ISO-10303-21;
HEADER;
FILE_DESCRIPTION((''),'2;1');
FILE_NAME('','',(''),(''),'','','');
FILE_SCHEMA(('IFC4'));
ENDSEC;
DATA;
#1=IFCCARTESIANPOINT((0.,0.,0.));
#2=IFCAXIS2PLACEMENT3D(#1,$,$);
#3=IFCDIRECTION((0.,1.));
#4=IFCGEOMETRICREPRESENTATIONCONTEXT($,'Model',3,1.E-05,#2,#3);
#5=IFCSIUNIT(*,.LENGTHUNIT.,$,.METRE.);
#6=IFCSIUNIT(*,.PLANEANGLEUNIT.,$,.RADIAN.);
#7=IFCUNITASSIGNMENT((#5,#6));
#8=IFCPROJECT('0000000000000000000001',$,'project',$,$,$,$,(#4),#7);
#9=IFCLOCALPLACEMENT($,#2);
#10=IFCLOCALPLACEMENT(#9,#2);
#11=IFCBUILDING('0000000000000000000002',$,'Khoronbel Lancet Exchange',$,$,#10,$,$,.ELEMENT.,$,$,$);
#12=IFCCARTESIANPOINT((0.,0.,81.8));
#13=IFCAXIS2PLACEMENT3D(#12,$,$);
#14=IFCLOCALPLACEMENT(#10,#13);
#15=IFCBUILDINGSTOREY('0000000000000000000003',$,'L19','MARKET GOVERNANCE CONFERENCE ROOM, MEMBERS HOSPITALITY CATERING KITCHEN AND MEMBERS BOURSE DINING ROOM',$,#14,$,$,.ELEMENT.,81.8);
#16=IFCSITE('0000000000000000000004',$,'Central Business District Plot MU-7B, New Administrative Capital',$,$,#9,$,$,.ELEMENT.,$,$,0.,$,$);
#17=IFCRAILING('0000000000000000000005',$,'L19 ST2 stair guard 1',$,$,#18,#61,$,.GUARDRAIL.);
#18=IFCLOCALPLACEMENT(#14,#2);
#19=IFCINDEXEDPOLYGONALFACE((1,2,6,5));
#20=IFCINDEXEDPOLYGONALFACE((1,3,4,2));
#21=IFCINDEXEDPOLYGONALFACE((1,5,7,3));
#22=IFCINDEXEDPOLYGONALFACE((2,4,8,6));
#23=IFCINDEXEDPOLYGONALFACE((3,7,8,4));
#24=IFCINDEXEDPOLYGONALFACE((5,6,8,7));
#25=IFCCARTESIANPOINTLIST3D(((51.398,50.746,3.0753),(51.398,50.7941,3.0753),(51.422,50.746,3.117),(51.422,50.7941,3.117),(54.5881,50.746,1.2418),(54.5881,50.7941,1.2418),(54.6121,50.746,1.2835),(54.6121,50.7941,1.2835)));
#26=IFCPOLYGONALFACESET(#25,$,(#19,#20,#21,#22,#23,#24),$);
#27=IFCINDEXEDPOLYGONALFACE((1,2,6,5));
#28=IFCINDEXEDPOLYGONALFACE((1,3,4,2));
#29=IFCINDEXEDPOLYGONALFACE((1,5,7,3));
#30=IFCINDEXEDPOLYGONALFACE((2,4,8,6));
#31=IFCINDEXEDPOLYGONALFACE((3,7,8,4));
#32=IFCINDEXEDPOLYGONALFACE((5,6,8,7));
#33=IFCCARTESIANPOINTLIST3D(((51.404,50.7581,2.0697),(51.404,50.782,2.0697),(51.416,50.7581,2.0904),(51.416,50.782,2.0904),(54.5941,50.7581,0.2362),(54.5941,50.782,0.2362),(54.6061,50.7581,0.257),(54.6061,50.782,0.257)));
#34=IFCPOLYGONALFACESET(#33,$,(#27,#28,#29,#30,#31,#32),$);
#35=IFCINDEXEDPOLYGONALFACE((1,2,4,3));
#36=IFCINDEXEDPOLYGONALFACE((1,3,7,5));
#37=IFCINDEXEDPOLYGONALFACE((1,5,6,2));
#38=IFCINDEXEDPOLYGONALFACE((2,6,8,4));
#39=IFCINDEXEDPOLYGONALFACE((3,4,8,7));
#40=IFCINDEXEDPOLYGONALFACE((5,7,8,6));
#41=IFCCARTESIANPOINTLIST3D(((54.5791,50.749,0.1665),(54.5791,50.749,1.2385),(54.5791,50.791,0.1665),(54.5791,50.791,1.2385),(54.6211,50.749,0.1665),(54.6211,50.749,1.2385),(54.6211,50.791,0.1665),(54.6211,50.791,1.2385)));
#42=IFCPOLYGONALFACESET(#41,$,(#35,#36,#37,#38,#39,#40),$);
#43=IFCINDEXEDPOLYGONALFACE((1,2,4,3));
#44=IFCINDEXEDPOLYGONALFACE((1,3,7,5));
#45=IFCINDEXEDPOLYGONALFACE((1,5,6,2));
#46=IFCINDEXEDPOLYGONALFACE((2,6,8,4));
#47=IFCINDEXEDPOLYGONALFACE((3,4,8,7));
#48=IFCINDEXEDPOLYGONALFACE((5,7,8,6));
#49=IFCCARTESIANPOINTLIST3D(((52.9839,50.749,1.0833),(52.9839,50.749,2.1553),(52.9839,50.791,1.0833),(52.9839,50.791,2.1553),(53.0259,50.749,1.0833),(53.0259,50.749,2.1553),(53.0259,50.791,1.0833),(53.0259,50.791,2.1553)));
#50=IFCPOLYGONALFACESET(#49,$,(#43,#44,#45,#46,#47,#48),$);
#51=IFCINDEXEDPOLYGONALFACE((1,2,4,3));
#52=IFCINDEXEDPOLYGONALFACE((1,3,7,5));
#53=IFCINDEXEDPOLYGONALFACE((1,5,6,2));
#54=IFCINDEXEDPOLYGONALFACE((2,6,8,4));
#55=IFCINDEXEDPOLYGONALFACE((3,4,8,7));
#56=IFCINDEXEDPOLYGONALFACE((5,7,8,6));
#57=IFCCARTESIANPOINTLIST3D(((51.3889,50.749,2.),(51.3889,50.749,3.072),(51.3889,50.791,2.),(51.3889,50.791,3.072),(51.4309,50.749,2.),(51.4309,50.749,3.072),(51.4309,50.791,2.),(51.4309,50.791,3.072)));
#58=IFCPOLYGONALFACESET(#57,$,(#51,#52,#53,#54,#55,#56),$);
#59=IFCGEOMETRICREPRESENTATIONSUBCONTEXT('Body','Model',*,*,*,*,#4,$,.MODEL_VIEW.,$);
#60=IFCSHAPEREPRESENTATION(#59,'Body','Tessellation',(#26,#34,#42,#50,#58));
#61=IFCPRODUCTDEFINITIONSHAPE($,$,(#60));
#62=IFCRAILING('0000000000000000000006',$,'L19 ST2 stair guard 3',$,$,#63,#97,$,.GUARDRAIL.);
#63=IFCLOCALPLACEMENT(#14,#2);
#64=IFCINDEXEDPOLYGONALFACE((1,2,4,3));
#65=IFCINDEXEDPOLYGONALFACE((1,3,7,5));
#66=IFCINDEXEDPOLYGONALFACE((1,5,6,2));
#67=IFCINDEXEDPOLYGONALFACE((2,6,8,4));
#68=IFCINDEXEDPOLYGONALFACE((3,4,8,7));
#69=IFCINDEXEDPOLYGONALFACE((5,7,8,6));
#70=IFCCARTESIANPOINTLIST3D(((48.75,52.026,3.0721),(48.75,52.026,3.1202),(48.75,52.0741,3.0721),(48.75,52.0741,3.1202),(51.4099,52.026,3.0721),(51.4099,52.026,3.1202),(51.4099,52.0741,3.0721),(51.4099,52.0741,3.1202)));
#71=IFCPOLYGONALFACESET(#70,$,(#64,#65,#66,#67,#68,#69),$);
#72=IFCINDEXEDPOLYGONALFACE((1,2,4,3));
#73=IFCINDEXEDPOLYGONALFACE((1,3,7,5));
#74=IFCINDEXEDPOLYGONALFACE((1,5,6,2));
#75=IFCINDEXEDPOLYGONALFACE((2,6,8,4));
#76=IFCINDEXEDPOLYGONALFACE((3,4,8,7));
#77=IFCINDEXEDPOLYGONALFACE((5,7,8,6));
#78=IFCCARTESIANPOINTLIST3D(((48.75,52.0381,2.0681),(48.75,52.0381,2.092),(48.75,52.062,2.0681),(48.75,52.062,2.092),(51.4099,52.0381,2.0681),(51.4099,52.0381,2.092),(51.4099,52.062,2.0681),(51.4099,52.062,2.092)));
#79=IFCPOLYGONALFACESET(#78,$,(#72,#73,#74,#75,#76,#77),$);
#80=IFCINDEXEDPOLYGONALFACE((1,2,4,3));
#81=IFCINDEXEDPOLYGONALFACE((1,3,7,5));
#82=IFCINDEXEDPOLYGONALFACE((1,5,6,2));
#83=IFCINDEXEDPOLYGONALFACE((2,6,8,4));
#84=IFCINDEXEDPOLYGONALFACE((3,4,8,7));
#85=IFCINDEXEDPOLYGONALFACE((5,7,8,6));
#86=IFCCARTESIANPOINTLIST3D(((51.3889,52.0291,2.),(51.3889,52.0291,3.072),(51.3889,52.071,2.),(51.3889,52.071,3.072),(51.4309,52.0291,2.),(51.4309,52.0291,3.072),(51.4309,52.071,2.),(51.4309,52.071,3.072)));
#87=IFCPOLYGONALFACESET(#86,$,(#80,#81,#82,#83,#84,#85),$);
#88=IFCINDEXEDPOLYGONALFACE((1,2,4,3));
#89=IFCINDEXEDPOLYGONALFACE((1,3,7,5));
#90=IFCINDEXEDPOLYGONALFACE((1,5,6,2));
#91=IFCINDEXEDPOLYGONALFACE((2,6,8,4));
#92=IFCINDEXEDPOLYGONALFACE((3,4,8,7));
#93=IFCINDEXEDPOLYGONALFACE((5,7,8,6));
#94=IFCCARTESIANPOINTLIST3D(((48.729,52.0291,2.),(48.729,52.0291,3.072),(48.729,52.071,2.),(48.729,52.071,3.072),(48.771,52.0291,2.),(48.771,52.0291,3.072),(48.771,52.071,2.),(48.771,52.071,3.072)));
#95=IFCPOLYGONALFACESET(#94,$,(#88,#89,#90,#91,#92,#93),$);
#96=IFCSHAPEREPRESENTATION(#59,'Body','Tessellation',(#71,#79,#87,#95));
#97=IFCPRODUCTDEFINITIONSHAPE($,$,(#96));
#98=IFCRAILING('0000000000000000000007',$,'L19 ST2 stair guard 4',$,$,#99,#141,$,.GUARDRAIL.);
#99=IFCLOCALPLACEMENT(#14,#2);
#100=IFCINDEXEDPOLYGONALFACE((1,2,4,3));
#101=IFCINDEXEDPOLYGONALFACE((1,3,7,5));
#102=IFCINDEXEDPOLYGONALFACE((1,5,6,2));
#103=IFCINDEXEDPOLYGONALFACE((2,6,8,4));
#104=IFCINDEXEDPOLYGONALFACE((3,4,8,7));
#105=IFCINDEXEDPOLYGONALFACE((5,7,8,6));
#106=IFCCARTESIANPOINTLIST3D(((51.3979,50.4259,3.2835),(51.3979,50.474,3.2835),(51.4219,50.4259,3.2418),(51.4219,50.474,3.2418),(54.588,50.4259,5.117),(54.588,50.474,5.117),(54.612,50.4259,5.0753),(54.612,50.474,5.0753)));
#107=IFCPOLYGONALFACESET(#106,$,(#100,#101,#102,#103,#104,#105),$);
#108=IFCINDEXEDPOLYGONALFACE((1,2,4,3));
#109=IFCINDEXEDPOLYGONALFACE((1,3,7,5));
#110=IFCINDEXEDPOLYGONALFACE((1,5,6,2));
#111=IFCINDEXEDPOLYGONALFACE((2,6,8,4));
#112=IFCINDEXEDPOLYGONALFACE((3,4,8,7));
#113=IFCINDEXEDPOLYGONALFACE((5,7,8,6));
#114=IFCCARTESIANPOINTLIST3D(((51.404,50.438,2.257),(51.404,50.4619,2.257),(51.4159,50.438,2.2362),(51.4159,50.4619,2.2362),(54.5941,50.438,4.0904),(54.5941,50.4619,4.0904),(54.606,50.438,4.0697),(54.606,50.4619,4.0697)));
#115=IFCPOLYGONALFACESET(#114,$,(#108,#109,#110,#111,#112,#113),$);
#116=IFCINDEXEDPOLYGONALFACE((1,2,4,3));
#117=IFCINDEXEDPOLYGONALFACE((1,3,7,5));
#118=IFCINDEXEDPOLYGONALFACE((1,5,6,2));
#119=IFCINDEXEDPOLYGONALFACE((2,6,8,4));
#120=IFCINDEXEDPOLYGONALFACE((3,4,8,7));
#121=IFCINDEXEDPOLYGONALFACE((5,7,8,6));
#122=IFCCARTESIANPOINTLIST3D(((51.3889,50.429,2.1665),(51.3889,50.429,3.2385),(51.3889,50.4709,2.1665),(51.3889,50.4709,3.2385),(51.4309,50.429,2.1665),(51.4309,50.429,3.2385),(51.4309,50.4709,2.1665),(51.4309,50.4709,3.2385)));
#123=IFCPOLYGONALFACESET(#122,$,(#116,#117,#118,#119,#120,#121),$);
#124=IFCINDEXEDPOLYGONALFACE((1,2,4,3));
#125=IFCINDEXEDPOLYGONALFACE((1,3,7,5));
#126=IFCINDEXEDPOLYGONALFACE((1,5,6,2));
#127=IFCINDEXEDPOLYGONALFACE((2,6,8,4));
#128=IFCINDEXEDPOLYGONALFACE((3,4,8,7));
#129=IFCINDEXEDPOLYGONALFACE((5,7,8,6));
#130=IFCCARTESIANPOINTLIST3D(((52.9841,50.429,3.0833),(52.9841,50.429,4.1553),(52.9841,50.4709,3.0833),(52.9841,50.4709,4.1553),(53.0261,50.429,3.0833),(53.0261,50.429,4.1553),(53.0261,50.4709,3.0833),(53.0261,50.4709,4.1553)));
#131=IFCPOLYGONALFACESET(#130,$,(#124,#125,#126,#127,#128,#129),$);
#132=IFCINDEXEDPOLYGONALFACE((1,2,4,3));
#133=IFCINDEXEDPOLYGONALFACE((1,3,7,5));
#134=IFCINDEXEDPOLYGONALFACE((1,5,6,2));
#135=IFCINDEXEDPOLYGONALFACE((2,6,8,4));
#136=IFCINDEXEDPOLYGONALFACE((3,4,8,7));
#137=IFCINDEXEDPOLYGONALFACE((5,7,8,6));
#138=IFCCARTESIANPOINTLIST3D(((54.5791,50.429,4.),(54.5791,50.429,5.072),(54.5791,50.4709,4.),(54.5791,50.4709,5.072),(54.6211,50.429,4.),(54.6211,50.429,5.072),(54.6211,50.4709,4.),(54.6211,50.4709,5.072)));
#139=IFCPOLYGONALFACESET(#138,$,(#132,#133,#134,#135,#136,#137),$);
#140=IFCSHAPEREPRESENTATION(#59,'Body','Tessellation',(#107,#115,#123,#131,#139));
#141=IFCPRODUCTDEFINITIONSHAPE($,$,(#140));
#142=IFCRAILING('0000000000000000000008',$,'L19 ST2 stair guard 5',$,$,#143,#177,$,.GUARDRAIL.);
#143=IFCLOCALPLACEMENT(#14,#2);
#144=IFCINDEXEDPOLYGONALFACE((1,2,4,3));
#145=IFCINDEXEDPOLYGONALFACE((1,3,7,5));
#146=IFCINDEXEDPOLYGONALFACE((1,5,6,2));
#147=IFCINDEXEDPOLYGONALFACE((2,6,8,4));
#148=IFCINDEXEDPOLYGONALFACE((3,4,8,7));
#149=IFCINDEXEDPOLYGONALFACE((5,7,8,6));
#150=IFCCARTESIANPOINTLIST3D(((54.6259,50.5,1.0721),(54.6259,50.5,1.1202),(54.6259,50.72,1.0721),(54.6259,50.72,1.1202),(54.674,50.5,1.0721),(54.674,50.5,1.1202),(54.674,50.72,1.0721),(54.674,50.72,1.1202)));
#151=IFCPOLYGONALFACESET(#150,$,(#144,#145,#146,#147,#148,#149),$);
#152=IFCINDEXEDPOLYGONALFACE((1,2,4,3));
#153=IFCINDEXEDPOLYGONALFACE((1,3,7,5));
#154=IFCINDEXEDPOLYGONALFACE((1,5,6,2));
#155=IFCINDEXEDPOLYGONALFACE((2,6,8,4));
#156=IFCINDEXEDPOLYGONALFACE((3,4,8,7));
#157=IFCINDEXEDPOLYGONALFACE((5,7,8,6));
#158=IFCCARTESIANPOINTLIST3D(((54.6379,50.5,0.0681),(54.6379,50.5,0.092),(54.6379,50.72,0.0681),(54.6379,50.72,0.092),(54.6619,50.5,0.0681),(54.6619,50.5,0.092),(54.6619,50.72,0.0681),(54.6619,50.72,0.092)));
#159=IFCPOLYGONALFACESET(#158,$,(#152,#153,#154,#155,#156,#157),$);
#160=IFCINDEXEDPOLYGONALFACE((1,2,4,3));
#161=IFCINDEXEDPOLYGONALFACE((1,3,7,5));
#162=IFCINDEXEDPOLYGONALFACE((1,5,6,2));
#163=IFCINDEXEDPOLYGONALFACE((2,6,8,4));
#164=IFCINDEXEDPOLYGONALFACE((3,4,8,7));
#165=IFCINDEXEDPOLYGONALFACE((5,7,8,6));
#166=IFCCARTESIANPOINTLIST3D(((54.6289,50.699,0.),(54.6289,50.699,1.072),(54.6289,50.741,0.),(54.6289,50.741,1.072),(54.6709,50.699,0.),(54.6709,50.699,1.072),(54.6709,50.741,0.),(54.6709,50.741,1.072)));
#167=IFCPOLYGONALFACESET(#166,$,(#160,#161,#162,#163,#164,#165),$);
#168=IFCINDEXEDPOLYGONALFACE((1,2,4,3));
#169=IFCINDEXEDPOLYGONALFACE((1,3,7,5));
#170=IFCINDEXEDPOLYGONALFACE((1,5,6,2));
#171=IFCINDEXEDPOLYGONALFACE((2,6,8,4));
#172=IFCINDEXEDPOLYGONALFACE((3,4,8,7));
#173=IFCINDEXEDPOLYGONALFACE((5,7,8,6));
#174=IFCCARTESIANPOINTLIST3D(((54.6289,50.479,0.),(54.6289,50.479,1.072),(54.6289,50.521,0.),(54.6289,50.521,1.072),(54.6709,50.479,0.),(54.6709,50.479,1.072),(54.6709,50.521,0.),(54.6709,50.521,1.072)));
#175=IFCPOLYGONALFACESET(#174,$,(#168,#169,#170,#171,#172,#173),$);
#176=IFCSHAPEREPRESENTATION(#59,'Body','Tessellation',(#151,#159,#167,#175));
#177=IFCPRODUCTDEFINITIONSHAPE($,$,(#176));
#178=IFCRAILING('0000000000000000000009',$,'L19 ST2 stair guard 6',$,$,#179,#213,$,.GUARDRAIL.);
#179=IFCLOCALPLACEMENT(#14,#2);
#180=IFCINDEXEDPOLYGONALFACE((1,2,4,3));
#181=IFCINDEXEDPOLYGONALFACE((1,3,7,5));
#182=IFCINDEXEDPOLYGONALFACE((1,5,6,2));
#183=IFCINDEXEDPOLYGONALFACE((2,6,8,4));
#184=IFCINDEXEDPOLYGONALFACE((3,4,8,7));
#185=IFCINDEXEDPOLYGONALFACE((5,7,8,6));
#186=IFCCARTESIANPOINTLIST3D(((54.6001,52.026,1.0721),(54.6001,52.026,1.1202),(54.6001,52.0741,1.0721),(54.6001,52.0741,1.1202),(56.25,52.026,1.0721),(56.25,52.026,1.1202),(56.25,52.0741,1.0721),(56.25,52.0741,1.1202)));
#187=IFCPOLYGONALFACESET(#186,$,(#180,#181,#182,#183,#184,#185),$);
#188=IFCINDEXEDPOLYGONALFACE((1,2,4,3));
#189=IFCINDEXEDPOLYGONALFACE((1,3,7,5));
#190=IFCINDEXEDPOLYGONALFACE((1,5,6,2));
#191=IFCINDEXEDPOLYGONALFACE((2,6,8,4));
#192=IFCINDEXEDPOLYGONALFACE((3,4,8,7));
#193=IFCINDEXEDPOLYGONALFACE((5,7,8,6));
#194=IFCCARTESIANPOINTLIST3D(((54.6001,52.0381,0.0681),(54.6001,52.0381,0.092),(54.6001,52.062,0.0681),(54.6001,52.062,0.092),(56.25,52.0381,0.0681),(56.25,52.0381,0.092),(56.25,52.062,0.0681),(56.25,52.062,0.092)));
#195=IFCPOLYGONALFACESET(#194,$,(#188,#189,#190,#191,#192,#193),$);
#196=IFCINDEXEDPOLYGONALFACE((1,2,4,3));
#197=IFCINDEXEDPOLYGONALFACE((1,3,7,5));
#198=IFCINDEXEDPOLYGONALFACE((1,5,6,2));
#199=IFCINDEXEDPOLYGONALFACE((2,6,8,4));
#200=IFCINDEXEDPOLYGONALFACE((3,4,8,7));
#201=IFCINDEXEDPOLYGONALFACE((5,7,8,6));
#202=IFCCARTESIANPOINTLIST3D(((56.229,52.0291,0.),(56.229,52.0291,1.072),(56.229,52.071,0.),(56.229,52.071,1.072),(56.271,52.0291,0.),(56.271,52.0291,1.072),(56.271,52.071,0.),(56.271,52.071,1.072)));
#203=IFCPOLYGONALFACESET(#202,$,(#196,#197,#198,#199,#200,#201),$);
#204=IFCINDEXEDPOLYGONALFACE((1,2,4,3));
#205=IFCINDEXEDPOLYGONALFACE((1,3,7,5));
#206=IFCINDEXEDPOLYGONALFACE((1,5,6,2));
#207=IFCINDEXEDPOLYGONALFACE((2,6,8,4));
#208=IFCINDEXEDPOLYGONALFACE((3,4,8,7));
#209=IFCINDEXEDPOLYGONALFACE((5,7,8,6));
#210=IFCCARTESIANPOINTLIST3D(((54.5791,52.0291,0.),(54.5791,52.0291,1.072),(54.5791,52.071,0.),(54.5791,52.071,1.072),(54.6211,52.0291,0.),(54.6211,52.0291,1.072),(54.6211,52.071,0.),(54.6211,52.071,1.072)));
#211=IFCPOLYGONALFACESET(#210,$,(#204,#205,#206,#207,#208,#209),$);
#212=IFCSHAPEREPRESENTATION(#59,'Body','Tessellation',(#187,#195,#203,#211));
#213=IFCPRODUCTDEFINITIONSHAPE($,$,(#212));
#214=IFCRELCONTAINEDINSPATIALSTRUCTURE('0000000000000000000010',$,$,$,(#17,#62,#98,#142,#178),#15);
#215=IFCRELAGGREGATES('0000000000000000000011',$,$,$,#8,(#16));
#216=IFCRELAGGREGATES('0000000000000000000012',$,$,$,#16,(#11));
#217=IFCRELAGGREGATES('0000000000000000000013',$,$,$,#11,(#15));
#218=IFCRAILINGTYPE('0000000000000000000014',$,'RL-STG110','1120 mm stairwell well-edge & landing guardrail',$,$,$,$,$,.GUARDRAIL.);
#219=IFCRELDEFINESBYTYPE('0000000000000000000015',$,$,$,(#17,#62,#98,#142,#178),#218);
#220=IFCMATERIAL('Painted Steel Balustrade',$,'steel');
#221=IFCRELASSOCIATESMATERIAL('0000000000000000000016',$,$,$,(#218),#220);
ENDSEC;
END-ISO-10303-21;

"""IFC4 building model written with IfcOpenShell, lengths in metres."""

from ifc_helpers import new_model, si_unit, direction, frame, origin, origin_2d, place, context, subcontext, project, spatial, rectangle, extrude, material, type_object, element, save


model = new_model("IFC4")

# Units and contexts
model_context = context("Model", 3, precision=1e-05, world=origin(), true_north=direction((0.0, 1.0)))
body_context = subcontext(model_context, "Body", "Model", "MODEL_VIEW")
ifc_project = project(units=[si_unit("LENGTHUNIT", "METRE"), si_unit("PLANEANGLEUNIT", "RADIAN")], contexts=[model_context])

# Site, building, storey
site_placement = place(None, origin())
site = spatial("IfcSite", under=ifc_project, at=site_placement, Name="Central Business District Plot MU-7B, New Administrative Capital", CompositionType="ELEMENT", RefElevation=0.0)
building_placement = place(site_placement, origin())
building = spatial("IfcBuilding", under=site, at=building_placement, Name="Khoronbel Lancet Exchange", CompositionType="ELEMENT")
storey_placement = place(building_placement, frame((0.0, 0.0, 81.8)))
storey = spatial("IfcBuildingStorey", under=building, at=storey_placement, Name="L19", Description="MARKET GOVERNANCE CONFERENCE ROOM, MEMBERS HOSPITALITY CATERING KITCHEN AND MEMBERS BOURSE DINING ROOM", CompositionType="ELEMENT", Elevation=81.8)

# Railings
ifc_material_1 = material(Name="Painted Steel Balustrade", Category="steel")
railing_type_1 = type_object("IfcRailingType", Name="RL-STG110", Description="1120 mm stairwell well-edge & landing guardrail", PredefinedType="GUARDRAIL", material=ifc_material_1)
railing_1_placement = place(storey_placement, frame((54.6001, 50.77, 0.1665)))
element("IfcRailing", 1, at=railing_1_placement, inside=storey, type_object=railing_type_1, Name="L19 ST2 stair guard 1", PredefinedType="GUARDRAIL", context=body_context, shape_type="SweptSolid", body=[
    extrude(rectangle(XDim=0.0481, YDim=0.0481, at=origin_2d()), frame((0.0, 0.0, 1.0962), z_axis=(-0.867007, 0.0, 0.498295), x_axis=(0.0, -1.0, 0.0)), (0.0, 0.0, 1.0), 3.6794),
    extrude(rectangle(XDim=0.0239, YDim=0.0239, at=origin_2d()), frame((0.0, 0.0, 0.0801), z_axis=(-0.867007, 0.0, 0.498295), x_axis=(0.0, -1.0, 0.0)), (0.0, 0.0, 1.0), 3.6794),
    extrude(rectangle(XDim=0.042, YDim=0.042, at=origin_2d()), origin(), (0.0, 0.0, 1.0), 1.072),
    extrude(rectangle(XDim=0.042, YDim=0.042, at=origin_2d()), frame((-1.5952, 0.0, 0.9167)), (0.0, 0.0, 1.0), 1.072),
    extrude(rectangle(XDim=0.042, YDim=0.042, at=origin_2d()), frame((-3.1902, 0.0, 1.8335)), (0.0, 0.0, 1.0), 1.072),
])
railing_2_placement = place(storey_placement, frame((51.4099, 52.05, 2.0)))
element("IfcRailing", 2, at=railing_2_placement, inside=storey, type_object=railing_type_1, Name="L19 ST2 stair guard 3", PredefinedType="GUARDRAIL", context=body_context, shape_type="SweptSolid", body=[
    extrude(rectangle(XDim=0.0481, YDim=0.0481, at=origin_2d()), frame((0.0, 0.0, 1.0962), z_axis=(-1.0, 0.0, 0.0), x_axis=(0.0, -1.0, 0.0)), (0.0, 0.0, 1.0), 2.6599),
    extrude(rectangle(XDim=0.0239, YDim=0.0239, at=origin_2d()), frame((0.0, 0.0, 0.0801), z_axis=(-1.0, 0.0, 0.0), x_axis=(0.0, -1.0, 0.0)), (0.0, 0.0, 1.0), 2.6599),
    extrude(rectangle(XDim=0.042, YDim=0.042, at=origin_2d()), origin(), (0.0, 0.0, 1.0), 1.072),
    extrude(rectangle(XDim=0.042, YDim=0.042, at=origin_2d()), frame((-2.6599, 0.0, 0.0)), (0.0, 0.0, 1.0), 1.072),
])
railing_3_placement = place(storey_placement, frame((51.4099, 50.45, 2.1665)))
element("IfcRailing", 3, at=railing_3_placement, inside=storey, type_object=railing_type_1, Name="L19 ST2 stair guard 4", PredefinedType="GUARDRAIL", context=body_context, shape_type="SweptSolid", body=[
    extrude(rectangle(XDim=0.0481, YDim=0.0481, at=origin_2d()), frame((0.0, 0.0, 1.0962), z_axis=(0.867007, 0.0, 0.498295), x_axis=(0.0, 1.0, 0.0)), (0.0, 0.0, 1.0), 3.6794),
    extrude(rectangle(XDim=0.0239, YDim=0.0239, at=origin_2d()), frame((0.0, 0.0, 0.0801), z_axis=(0.867007, 0.0, 0.498295), x_axis=(0.0, 1.0, 0.0)), (0.0, 0.0, 1.0), 3.6794),
    extrude(rectangle(XDim=0.042, YDim=0.042, at=origin_2d()), origin(), (0.0, 0.0, 1.0), 1.072),
    extrude(rectangle(XDim=0.042, YDim=0.042, at=origin_2d()), frame((1.5952, 0.0, 0.9167)), (0.0, 0.0, 1.0), 1.072),
    extrude(rectangle(XDim=0.042, YDim=0.042, at=origin_2d()), frame((3.1902, 0.0, 1.8335)), (0.0, 0.0, 1.0), 1.072),
])
railing_4_placement = place(storey_placement, frame((54.6499, 50.72, 0.0)))
element("IfcRailing", 4, at=railing_4_placement, inside=storey, type_object=railing_type_1, Name="L19 ST2 stair guard 5", PredefinedType="GUARDRAIL", context=body_context, shape_type="SweptSolid", body=[
    extrude(rectangle(XDim=0.0481, YDim=0.0481, at=origin_2d()), frame((0.0, 0.0, 1.0962), z_axis=(0.0, -1.0, 0.0), x_axis=(1.0, 0.0, 0.0)), (0.0, 0.0, 1.0), 0.22),
    extrude(rectangle(XDim=0.0239, YDim=0.0239, at=origin_2d()), frame((0.0, 0.0, 0.0801), z_axis=(0.0, -1.0, 0.0), x_axis=(1.0, 0.0, 0.0)), (0.0, 0.0, 1.0), 0.22),
    extrude(rectangle(XDim=0.042, YDim=0.042, at=origin_2d()), origin(), (0.0, 0.0, 1.0), 1.072),
    extrude(rectangle(XDim=0.042, YDim=0.042, at=origin_2d()), frame((0.0, -0.22, 0.0)), (0.0, 0.0, 1.0), 1.072),
])
railing_5_placement = place(storey_placement, frame((56.25, 52.05, 0.0)))
element("IfcRailing", 5, at=railing_5_placement, inside=storey, type_object=railing_type_1, Name="L19 ST2 stair guard 6", PredefinedType="GUARDRAIL", context=body_context, shape_type="SweptSolid", body=[
    extrude(rectangle(XDim=0.0481, YDim=0.0481, at=origin_2d()), frame((0.0, 0.0, 1.0962), z_axis=(-1.0, 0.0, 0.0), x_axis=(0.0, -1.0, 0.0)), (0.0, 0.0, 1.0), 1.6499),
    extrude(rectangle(XDim=0.0239, YDim=0.0239, at=origin_2d()), frame((0.0, 0.0, 0.0801), z_axis=(-1.0, 0.0, 0.0), x_axis=(0.0, -1.0, 0.0)), (0.0, 0.0, 1.0), 1.6499),
    extrude(rectangle(XDim=0.042, YDim=0.042, at=origin_2d()), origin(), (0.0, 0.0, 1.0), 1.072),
    extrude(rectangle(XDim=0.042, YDim=0.042, at=origin_2d()), frame((-1.6499, 0.0, 0.0)), (0.0, 0.0, 1.0), 1.072),
])

save(model, "model.ifc")
